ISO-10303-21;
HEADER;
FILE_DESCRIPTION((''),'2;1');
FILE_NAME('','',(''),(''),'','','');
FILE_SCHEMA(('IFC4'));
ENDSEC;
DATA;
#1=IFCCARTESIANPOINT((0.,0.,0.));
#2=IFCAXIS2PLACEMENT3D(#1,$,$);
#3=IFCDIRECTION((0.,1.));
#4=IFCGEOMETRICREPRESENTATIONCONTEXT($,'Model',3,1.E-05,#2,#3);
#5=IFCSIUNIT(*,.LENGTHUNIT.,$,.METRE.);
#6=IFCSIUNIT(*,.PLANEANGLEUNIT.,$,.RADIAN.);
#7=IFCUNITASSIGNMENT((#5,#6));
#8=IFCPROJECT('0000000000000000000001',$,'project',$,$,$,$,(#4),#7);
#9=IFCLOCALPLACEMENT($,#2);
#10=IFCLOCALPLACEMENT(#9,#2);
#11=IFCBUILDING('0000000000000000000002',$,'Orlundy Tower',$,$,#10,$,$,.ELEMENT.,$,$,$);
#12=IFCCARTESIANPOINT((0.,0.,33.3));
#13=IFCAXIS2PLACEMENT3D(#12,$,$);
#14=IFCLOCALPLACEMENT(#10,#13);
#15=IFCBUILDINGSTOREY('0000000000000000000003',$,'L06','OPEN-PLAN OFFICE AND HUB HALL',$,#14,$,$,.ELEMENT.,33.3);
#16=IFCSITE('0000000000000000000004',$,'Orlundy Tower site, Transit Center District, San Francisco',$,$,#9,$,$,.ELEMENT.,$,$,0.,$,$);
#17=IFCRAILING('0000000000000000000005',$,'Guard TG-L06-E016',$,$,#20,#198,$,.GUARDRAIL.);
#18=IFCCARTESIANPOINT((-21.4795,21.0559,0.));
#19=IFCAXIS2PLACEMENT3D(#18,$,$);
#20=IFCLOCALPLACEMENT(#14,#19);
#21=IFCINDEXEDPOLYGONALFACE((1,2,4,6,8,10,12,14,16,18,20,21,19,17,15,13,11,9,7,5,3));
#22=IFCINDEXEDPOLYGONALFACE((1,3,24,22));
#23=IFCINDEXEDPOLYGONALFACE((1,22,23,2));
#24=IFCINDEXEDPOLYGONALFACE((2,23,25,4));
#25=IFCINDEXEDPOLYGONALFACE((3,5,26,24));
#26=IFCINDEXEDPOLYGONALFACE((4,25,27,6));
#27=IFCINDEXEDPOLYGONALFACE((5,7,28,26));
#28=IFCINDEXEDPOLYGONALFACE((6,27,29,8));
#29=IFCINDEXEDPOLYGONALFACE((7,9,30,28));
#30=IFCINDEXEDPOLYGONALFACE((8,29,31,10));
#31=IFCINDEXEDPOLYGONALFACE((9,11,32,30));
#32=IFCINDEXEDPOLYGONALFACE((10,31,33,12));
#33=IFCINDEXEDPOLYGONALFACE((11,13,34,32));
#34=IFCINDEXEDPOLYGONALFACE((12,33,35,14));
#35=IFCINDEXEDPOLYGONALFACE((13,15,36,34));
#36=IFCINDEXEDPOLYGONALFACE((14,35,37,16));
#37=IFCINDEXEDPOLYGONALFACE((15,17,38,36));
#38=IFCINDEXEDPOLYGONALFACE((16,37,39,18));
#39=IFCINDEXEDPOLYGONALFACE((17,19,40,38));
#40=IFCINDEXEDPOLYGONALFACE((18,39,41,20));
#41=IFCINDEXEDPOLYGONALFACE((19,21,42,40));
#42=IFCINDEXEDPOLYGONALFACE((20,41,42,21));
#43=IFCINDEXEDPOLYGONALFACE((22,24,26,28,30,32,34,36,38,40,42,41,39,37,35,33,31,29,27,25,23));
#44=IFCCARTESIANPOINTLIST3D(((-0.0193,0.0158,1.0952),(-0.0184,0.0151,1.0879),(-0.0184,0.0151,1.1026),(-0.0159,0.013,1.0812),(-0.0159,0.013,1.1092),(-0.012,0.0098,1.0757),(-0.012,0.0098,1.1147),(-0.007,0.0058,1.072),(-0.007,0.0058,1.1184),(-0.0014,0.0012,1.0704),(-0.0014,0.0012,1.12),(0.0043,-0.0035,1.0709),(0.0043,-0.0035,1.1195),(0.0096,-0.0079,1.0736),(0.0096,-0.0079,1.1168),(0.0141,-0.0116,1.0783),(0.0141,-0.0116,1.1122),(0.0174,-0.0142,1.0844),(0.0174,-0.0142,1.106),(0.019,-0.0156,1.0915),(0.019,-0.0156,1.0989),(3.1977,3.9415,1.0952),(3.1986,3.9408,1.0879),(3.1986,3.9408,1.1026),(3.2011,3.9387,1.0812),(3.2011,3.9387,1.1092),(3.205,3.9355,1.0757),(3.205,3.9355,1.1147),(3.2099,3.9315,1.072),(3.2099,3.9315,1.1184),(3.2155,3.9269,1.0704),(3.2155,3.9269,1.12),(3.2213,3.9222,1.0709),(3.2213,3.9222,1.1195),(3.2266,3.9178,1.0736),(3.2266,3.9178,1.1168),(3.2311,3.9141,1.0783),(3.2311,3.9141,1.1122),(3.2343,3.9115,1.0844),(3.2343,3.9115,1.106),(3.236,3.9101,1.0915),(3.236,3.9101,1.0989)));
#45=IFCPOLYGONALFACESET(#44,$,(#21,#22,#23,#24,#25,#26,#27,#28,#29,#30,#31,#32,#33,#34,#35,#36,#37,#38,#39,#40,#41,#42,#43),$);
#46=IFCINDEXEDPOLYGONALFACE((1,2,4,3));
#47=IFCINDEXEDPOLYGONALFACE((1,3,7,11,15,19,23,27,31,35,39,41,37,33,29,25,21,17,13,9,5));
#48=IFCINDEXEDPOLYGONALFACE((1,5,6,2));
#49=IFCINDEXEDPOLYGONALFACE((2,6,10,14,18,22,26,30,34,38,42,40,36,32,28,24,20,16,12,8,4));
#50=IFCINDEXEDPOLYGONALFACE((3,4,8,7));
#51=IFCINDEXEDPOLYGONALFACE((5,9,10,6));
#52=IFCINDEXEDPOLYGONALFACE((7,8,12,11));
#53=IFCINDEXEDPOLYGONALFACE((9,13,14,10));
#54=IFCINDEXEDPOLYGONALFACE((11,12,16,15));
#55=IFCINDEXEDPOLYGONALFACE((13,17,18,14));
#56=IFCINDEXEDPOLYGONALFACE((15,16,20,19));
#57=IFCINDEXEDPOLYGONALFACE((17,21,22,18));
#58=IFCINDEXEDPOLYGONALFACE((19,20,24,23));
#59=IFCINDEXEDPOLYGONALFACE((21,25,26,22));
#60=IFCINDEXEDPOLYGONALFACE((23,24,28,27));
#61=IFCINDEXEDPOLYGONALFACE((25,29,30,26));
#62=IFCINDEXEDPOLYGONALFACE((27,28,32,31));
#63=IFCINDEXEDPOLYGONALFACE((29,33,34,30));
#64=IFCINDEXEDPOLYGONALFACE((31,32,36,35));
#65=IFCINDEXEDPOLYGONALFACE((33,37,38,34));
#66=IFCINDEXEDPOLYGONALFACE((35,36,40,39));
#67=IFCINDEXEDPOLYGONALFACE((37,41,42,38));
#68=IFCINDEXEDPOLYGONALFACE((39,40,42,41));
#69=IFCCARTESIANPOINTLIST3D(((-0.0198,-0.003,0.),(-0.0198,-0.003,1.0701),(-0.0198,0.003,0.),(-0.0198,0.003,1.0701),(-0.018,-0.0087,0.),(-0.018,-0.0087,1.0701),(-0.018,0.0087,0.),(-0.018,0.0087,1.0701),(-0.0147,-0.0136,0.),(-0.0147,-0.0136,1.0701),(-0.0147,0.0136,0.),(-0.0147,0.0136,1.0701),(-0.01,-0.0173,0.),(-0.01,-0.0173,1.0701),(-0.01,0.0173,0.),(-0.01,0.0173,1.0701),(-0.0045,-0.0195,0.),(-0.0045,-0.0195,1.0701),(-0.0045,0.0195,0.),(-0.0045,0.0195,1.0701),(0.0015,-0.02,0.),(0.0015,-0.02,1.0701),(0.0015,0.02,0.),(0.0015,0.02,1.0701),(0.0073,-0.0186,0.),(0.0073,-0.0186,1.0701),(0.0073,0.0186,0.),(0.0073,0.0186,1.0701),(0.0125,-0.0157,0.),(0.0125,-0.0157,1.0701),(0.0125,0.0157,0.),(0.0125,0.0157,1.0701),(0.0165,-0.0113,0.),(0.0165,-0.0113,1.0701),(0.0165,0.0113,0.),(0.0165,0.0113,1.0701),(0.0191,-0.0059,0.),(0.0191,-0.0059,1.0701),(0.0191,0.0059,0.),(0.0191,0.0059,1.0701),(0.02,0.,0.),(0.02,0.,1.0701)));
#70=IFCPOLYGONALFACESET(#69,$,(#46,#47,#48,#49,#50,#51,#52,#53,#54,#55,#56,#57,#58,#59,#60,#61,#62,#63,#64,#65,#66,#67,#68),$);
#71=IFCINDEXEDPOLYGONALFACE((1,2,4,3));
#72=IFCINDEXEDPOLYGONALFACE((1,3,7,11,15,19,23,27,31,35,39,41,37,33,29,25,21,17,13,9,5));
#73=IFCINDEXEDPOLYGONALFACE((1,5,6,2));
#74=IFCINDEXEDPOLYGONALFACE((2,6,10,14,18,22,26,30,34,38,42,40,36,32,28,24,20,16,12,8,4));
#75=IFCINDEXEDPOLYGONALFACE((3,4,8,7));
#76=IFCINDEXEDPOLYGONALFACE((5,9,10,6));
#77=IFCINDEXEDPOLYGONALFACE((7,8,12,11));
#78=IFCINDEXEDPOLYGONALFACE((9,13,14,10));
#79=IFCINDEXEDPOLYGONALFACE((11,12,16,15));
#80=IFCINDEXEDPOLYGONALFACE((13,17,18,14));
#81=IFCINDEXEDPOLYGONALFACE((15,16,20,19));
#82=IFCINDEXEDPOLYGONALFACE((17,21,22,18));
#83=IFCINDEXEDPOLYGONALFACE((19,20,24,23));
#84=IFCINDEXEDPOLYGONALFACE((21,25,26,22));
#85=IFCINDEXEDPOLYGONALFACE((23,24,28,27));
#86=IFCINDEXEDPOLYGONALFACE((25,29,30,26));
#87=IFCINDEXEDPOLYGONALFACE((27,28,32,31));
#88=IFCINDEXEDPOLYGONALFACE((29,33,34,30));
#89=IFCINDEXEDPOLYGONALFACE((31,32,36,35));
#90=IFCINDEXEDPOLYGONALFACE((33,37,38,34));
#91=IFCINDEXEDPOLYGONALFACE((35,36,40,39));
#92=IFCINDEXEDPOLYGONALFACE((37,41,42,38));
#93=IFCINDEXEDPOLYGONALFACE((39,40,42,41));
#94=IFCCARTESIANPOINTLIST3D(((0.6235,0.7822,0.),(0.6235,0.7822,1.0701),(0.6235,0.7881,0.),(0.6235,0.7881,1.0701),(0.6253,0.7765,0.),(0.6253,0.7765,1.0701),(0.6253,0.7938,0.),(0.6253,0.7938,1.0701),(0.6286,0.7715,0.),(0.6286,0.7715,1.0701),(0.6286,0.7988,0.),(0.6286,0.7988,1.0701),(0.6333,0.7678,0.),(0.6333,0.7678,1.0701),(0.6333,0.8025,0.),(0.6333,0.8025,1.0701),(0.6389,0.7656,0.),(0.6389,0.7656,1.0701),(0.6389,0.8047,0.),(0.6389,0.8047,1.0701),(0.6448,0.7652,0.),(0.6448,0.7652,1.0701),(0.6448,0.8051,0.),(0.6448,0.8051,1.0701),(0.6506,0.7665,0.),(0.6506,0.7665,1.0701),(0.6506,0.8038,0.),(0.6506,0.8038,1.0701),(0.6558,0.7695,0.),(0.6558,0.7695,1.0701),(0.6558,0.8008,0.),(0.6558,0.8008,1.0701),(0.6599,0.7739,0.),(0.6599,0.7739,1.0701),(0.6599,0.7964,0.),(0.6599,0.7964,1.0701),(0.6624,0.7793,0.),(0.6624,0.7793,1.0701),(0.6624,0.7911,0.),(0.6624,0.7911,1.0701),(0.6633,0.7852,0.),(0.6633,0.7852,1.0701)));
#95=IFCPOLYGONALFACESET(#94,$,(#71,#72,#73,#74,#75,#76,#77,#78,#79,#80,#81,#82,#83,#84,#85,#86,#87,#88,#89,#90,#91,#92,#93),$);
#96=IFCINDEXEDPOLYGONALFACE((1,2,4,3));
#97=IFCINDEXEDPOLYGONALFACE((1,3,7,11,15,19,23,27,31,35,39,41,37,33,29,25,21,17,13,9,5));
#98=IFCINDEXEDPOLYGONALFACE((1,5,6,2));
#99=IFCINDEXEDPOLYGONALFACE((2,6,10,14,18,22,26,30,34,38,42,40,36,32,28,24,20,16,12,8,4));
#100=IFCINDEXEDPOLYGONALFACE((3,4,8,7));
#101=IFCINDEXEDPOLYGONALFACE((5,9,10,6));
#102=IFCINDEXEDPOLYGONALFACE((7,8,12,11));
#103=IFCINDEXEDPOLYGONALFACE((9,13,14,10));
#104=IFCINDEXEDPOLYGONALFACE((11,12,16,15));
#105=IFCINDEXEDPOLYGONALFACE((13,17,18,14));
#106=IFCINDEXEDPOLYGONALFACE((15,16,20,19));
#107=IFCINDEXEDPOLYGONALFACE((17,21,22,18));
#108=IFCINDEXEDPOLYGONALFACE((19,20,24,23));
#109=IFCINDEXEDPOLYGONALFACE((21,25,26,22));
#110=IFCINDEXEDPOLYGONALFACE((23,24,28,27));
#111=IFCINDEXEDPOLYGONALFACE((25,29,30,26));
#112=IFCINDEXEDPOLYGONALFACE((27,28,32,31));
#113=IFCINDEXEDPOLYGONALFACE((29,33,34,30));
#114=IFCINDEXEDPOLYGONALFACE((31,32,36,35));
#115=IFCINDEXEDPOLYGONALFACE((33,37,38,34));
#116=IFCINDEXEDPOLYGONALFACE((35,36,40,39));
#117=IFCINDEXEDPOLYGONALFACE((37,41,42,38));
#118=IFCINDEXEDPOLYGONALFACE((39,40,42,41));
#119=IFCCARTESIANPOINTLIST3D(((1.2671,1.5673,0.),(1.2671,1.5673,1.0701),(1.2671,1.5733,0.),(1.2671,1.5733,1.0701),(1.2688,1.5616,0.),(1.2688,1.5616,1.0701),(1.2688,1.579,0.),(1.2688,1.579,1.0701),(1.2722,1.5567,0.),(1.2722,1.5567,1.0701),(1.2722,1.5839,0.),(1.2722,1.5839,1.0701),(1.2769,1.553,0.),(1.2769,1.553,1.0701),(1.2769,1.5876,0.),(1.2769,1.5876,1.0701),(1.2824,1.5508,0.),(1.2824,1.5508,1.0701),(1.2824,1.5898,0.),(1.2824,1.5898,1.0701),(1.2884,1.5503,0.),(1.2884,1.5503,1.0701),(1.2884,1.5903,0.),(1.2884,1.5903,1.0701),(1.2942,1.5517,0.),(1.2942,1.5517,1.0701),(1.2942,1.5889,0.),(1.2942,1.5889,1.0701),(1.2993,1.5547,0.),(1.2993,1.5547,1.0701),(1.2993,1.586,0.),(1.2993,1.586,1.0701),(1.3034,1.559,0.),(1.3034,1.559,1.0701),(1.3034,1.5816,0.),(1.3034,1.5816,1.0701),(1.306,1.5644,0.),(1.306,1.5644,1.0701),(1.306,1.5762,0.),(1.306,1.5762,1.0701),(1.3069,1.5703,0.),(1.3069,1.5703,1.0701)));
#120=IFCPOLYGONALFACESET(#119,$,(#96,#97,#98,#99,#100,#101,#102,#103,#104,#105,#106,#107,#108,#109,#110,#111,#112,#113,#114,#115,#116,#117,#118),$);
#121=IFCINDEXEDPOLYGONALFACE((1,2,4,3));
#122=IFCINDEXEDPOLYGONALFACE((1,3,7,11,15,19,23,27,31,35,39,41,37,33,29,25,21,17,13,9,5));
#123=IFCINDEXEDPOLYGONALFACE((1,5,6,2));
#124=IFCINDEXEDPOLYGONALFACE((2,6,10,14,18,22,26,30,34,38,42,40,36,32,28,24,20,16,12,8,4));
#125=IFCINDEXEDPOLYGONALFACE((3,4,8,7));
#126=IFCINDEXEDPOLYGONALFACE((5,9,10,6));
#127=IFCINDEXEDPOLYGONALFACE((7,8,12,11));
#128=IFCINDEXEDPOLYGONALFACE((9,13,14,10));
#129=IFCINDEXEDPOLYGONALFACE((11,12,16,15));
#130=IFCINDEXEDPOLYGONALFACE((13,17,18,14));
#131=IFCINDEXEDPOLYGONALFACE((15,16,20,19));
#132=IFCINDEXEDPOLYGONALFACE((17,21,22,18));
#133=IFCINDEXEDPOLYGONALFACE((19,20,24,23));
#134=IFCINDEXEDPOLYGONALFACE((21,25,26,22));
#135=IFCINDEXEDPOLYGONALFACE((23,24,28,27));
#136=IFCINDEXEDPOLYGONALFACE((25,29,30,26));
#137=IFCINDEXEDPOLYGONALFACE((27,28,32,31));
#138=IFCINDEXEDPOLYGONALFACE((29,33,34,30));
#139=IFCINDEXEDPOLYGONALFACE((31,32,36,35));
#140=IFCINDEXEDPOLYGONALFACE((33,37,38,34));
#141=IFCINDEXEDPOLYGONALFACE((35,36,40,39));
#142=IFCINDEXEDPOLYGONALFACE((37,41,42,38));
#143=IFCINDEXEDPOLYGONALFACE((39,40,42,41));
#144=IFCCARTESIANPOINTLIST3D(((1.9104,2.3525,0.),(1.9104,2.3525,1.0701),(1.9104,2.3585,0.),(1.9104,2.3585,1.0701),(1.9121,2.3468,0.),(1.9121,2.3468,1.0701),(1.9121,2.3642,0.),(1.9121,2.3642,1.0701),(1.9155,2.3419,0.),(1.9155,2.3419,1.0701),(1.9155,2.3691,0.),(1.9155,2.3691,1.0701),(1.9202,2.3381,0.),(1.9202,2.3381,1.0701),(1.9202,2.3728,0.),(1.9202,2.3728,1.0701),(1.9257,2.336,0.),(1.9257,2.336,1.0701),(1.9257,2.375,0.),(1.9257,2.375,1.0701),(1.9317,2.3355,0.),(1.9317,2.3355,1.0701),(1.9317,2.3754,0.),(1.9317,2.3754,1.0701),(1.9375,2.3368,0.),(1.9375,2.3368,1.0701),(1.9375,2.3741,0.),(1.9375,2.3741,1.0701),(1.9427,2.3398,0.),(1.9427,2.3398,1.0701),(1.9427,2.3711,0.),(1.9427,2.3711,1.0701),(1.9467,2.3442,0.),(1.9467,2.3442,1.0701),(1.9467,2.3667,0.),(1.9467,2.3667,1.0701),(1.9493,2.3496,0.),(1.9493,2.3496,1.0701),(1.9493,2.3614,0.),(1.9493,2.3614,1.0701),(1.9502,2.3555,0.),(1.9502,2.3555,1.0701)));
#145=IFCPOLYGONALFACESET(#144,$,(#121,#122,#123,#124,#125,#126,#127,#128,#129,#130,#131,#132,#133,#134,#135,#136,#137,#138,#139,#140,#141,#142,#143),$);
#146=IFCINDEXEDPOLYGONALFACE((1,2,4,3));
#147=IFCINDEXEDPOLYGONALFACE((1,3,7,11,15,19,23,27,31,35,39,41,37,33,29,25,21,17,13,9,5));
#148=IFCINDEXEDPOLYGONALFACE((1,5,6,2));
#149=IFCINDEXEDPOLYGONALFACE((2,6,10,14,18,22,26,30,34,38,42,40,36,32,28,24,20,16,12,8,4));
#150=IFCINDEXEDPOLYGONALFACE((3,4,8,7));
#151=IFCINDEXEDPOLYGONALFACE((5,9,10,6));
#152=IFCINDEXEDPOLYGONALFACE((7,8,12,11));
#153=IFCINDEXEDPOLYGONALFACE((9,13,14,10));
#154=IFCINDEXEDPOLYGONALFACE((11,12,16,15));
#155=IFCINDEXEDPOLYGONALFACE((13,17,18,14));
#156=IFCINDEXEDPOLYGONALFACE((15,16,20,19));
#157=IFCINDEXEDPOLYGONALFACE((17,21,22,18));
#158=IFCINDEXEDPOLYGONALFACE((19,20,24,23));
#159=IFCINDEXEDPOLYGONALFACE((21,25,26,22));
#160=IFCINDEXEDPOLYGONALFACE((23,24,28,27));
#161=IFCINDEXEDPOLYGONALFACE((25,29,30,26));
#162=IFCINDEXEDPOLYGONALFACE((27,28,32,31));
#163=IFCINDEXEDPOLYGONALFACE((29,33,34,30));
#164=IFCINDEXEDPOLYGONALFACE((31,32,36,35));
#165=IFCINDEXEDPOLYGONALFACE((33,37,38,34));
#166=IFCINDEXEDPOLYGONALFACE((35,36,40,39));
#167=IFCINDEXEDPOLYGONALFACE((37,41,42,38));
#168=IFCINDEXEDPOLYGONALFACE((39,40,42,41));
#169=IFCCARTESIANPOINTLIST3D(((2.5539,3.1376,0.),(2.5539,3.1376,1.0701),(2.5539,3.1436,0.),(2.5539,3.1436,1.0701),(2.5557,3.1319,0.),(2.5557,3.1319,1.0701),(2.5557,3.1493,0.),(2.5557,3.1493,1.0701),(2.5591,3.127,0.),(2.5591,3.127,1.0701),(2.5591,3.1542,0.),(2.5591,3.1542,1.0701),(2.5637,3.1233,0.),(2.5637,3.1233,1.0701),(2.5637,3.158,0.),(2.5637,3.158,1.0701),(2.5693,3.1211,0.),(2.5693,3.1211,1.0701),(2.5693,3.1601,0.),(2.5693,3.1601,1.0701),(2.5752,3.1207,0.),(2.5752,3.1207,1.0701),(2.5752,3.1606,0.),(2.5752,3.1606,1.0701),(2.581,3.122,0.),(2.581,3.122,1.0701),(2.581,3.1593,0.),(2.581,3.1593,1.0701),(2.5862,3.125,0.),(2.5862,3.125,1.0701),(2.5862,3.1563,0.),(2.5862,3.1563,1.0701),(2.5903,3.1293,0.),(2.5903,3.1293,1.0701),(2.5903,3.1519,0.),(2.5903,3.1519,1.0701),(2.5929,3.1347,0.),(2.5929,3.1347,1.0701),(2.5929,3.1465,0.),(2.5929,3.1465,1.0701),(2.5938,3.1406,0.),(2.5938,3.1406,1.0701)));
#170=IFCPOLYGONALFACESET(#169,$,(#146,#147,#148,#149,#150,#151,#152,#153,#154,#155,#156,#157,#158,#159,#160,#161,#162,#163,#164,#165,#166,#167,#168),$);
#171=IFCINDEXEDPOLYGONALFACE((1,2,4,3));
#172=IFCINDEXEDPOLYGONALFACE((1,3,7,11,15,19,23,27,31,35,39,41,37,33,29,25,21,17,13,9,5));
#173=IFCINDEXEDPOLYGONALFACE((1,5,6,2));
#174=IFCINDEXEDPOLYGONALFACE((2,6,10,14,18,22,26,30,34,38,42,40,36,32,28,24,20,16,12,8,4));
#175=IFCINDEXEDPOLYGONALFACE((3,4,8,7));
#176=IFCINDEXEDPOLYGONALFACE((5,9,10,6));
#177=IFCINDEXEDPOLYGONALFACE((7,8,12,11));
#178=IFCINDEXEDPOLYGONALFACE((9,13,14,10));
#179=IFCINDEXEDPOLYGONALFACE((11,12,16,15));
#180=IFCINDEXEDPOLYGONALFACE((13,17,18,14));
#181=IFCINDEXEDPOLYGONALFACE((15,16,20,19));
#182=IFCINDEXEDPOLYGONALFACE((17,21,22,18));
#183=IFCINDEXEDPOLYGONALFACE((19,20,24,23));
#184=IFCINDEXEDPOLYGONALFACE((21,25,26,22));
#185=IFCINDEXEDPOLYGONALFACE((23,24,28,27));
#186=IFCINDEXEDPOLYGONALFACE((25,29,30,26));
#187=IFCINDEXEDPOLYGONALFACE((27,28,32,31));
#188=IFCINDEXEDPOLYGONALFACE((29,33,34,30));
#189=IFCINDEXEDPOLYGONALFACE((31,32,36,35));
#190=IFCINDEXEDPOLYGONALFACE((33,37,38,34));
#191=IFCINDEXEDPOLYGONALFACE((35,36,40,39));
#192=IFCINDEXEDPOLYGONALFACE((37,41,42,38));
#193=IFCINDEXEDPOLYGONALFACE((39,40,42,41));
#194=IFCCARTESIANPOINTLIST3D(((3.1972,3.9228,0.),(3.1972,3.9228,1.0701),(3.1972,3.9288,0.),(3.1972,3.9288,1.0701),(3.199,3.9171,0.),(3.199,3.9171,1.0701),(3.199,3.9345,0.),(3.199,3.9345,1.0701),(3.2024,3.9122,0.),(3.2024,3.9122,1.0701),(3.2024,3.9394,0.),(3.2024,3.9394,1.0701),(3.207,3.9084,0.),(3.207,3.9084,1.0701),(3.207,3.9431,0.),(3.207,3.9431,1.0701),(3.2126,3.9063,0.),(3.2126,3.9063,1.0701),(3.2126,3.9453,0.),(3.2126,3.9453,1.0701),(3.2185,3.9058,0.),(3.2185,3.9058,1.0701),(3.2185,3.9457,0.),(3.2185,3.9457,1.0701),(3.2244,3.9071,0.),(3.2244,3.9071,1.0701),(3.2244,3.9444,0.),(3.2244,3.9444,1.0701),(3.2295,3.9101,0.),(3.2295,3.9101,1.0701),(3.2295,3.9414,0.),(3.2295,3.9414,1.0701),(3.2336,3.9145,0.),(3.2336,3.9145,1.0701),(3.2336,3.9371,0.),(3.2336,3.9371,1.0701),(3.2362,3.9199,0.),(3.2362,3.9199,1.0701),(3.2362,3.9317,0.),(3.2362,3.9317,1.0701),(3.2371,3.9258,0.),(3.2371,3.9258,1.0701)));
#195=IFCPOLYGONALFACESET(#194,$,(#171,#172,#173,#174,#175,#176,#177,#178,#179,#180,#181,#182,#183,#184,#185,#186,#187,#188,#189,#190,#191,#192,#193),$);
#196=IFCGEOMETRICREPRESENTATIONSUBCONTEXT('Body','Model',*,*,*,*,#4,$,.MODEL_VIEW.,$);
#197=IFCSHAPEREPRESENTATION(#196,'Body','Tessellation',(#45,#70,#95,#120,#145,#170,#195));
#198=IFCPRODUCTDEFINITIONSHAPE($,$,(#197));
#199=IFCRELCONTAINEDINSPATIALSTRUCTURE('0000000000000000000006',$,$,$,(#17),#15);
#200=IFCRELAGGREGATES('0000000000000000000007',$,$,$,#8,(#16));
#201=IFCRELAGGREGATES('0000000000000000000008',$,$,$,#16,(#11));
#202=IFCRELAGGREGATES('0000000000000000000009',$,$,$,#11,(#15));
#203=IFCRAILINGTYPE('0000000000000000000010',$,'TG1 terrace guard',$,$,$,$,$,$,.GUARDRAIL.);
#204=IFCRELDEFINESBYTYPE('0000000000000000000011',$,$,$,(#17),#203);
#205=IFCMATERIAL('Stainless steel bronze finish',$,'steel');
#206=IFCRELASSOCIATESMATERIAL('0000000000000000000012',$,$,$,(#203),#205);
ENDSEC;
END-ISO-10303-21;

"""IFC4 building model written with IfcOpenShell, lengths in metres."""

from ifc_helpers import new_model, si_unit, direction, frame, origin, origin_2d, place, context, subcontext, project, spatial, circle, extrude, material, type_object, element, save


model = new_model("IFC4")

# Units and contexts
model_context = context("Model", 3, precision=1e-05, world=origin(), true_north=direction((0.0, 1.0)))
body_context = subcontext(model_context, "Body", "Model", "MODEL_VIEW")
ifc_project = project(units=[si_unit("LENGTHUNIT", "METRE"), si_unit("PLANEANGLEUNIT", "RADIAN")], contexts=[model_context])

# Site, building, storey
site_placement = place(None, origin())
site = spatial("IfcSite", under=ifc_project, at=site_placement, Name="Orlundy Tower site, Transit Center District, San Francisco", CompositionType="ELEMENT", RefElevation=0.0)
building_placement = place(site_placement, origin())
building = spatial("IfcBuilding", under=site, at=building_placement, Name="Orlundy Tower", CompositionType="ELEMENT")
storey_placement = place(building_placement, frame((0.0, 0.0, 33.3)))
storey = spatial("IfcBuildingStorey", under=building, at=storey_placement, Name="L06", Description="OPEN-PLAN OFFICE AND HUB HALL", CompositionType="ELEMENT", Elevation=33.3)

# Railing
ifc_material_1 = material(Name="Stainless steel bronze finish", Category="steel")
railing_type_1 = type_object("IfcRailingType", Name="TG1 terrace guard", PredefinedType="GUARDRAIL", material=ifc_material_1)
railing_1_placement = place(storey_placement, frame((-21.4795, 21.0559, 0.0)))
element("IfcRailing", 1, at=railing_1_placement, inside=storey, type_object=railing_type_1, Name="Guard TG-L06-E016", PredefinedType="GUARDRAIL", context=body_context, shape_type="SweptSolid", body=[
    extrude(circle(Radius=0.0249, at=origin_2d()), frame((0.0, 0.0, 1.0952), z_axis=(0.633832, 0.773471, 0.0), x_axis=(-0.773471, 0.633832, 0.0)), (0.0, 0.0, 1.0), 5.0754),
    extrude(circle(Radius=0.02, at=origin_2d()), origin(), (0.0, 0.0, 1.0), 1.0701),
    extrude(circle(Radius=0.02, at=origin_2d()), frame((0.6433, 0.7852, 0.0)), (0.0, 0.0, 1.0), 1.0701),
    extrude(circle(Radius=0.02, at=origin_2d()), frame((1.2869, 1.5703, 0.0)), (0.0, 0.0, 1.0), 1.0701),
    extrude(circle(Radius=0.02, at=origin_2d()), frame((1.9302, 2.3555, 0.0)), (0.0, 0.0, 1.0), 1.0701),
    extrude(circle(Radius=0.02, at=origin_2d()), frame((2.5737, 3.1406, 0.0)), (0.0, 0.0, 1.0), 1.0701),
    extrude(circle(Radius=0.02, at=origin_2d()), frame((3.217, 3.9258, 0.0)), (0.0, 0.0, 1.0), 1.0701),
])

save(model, "model.ifc")
